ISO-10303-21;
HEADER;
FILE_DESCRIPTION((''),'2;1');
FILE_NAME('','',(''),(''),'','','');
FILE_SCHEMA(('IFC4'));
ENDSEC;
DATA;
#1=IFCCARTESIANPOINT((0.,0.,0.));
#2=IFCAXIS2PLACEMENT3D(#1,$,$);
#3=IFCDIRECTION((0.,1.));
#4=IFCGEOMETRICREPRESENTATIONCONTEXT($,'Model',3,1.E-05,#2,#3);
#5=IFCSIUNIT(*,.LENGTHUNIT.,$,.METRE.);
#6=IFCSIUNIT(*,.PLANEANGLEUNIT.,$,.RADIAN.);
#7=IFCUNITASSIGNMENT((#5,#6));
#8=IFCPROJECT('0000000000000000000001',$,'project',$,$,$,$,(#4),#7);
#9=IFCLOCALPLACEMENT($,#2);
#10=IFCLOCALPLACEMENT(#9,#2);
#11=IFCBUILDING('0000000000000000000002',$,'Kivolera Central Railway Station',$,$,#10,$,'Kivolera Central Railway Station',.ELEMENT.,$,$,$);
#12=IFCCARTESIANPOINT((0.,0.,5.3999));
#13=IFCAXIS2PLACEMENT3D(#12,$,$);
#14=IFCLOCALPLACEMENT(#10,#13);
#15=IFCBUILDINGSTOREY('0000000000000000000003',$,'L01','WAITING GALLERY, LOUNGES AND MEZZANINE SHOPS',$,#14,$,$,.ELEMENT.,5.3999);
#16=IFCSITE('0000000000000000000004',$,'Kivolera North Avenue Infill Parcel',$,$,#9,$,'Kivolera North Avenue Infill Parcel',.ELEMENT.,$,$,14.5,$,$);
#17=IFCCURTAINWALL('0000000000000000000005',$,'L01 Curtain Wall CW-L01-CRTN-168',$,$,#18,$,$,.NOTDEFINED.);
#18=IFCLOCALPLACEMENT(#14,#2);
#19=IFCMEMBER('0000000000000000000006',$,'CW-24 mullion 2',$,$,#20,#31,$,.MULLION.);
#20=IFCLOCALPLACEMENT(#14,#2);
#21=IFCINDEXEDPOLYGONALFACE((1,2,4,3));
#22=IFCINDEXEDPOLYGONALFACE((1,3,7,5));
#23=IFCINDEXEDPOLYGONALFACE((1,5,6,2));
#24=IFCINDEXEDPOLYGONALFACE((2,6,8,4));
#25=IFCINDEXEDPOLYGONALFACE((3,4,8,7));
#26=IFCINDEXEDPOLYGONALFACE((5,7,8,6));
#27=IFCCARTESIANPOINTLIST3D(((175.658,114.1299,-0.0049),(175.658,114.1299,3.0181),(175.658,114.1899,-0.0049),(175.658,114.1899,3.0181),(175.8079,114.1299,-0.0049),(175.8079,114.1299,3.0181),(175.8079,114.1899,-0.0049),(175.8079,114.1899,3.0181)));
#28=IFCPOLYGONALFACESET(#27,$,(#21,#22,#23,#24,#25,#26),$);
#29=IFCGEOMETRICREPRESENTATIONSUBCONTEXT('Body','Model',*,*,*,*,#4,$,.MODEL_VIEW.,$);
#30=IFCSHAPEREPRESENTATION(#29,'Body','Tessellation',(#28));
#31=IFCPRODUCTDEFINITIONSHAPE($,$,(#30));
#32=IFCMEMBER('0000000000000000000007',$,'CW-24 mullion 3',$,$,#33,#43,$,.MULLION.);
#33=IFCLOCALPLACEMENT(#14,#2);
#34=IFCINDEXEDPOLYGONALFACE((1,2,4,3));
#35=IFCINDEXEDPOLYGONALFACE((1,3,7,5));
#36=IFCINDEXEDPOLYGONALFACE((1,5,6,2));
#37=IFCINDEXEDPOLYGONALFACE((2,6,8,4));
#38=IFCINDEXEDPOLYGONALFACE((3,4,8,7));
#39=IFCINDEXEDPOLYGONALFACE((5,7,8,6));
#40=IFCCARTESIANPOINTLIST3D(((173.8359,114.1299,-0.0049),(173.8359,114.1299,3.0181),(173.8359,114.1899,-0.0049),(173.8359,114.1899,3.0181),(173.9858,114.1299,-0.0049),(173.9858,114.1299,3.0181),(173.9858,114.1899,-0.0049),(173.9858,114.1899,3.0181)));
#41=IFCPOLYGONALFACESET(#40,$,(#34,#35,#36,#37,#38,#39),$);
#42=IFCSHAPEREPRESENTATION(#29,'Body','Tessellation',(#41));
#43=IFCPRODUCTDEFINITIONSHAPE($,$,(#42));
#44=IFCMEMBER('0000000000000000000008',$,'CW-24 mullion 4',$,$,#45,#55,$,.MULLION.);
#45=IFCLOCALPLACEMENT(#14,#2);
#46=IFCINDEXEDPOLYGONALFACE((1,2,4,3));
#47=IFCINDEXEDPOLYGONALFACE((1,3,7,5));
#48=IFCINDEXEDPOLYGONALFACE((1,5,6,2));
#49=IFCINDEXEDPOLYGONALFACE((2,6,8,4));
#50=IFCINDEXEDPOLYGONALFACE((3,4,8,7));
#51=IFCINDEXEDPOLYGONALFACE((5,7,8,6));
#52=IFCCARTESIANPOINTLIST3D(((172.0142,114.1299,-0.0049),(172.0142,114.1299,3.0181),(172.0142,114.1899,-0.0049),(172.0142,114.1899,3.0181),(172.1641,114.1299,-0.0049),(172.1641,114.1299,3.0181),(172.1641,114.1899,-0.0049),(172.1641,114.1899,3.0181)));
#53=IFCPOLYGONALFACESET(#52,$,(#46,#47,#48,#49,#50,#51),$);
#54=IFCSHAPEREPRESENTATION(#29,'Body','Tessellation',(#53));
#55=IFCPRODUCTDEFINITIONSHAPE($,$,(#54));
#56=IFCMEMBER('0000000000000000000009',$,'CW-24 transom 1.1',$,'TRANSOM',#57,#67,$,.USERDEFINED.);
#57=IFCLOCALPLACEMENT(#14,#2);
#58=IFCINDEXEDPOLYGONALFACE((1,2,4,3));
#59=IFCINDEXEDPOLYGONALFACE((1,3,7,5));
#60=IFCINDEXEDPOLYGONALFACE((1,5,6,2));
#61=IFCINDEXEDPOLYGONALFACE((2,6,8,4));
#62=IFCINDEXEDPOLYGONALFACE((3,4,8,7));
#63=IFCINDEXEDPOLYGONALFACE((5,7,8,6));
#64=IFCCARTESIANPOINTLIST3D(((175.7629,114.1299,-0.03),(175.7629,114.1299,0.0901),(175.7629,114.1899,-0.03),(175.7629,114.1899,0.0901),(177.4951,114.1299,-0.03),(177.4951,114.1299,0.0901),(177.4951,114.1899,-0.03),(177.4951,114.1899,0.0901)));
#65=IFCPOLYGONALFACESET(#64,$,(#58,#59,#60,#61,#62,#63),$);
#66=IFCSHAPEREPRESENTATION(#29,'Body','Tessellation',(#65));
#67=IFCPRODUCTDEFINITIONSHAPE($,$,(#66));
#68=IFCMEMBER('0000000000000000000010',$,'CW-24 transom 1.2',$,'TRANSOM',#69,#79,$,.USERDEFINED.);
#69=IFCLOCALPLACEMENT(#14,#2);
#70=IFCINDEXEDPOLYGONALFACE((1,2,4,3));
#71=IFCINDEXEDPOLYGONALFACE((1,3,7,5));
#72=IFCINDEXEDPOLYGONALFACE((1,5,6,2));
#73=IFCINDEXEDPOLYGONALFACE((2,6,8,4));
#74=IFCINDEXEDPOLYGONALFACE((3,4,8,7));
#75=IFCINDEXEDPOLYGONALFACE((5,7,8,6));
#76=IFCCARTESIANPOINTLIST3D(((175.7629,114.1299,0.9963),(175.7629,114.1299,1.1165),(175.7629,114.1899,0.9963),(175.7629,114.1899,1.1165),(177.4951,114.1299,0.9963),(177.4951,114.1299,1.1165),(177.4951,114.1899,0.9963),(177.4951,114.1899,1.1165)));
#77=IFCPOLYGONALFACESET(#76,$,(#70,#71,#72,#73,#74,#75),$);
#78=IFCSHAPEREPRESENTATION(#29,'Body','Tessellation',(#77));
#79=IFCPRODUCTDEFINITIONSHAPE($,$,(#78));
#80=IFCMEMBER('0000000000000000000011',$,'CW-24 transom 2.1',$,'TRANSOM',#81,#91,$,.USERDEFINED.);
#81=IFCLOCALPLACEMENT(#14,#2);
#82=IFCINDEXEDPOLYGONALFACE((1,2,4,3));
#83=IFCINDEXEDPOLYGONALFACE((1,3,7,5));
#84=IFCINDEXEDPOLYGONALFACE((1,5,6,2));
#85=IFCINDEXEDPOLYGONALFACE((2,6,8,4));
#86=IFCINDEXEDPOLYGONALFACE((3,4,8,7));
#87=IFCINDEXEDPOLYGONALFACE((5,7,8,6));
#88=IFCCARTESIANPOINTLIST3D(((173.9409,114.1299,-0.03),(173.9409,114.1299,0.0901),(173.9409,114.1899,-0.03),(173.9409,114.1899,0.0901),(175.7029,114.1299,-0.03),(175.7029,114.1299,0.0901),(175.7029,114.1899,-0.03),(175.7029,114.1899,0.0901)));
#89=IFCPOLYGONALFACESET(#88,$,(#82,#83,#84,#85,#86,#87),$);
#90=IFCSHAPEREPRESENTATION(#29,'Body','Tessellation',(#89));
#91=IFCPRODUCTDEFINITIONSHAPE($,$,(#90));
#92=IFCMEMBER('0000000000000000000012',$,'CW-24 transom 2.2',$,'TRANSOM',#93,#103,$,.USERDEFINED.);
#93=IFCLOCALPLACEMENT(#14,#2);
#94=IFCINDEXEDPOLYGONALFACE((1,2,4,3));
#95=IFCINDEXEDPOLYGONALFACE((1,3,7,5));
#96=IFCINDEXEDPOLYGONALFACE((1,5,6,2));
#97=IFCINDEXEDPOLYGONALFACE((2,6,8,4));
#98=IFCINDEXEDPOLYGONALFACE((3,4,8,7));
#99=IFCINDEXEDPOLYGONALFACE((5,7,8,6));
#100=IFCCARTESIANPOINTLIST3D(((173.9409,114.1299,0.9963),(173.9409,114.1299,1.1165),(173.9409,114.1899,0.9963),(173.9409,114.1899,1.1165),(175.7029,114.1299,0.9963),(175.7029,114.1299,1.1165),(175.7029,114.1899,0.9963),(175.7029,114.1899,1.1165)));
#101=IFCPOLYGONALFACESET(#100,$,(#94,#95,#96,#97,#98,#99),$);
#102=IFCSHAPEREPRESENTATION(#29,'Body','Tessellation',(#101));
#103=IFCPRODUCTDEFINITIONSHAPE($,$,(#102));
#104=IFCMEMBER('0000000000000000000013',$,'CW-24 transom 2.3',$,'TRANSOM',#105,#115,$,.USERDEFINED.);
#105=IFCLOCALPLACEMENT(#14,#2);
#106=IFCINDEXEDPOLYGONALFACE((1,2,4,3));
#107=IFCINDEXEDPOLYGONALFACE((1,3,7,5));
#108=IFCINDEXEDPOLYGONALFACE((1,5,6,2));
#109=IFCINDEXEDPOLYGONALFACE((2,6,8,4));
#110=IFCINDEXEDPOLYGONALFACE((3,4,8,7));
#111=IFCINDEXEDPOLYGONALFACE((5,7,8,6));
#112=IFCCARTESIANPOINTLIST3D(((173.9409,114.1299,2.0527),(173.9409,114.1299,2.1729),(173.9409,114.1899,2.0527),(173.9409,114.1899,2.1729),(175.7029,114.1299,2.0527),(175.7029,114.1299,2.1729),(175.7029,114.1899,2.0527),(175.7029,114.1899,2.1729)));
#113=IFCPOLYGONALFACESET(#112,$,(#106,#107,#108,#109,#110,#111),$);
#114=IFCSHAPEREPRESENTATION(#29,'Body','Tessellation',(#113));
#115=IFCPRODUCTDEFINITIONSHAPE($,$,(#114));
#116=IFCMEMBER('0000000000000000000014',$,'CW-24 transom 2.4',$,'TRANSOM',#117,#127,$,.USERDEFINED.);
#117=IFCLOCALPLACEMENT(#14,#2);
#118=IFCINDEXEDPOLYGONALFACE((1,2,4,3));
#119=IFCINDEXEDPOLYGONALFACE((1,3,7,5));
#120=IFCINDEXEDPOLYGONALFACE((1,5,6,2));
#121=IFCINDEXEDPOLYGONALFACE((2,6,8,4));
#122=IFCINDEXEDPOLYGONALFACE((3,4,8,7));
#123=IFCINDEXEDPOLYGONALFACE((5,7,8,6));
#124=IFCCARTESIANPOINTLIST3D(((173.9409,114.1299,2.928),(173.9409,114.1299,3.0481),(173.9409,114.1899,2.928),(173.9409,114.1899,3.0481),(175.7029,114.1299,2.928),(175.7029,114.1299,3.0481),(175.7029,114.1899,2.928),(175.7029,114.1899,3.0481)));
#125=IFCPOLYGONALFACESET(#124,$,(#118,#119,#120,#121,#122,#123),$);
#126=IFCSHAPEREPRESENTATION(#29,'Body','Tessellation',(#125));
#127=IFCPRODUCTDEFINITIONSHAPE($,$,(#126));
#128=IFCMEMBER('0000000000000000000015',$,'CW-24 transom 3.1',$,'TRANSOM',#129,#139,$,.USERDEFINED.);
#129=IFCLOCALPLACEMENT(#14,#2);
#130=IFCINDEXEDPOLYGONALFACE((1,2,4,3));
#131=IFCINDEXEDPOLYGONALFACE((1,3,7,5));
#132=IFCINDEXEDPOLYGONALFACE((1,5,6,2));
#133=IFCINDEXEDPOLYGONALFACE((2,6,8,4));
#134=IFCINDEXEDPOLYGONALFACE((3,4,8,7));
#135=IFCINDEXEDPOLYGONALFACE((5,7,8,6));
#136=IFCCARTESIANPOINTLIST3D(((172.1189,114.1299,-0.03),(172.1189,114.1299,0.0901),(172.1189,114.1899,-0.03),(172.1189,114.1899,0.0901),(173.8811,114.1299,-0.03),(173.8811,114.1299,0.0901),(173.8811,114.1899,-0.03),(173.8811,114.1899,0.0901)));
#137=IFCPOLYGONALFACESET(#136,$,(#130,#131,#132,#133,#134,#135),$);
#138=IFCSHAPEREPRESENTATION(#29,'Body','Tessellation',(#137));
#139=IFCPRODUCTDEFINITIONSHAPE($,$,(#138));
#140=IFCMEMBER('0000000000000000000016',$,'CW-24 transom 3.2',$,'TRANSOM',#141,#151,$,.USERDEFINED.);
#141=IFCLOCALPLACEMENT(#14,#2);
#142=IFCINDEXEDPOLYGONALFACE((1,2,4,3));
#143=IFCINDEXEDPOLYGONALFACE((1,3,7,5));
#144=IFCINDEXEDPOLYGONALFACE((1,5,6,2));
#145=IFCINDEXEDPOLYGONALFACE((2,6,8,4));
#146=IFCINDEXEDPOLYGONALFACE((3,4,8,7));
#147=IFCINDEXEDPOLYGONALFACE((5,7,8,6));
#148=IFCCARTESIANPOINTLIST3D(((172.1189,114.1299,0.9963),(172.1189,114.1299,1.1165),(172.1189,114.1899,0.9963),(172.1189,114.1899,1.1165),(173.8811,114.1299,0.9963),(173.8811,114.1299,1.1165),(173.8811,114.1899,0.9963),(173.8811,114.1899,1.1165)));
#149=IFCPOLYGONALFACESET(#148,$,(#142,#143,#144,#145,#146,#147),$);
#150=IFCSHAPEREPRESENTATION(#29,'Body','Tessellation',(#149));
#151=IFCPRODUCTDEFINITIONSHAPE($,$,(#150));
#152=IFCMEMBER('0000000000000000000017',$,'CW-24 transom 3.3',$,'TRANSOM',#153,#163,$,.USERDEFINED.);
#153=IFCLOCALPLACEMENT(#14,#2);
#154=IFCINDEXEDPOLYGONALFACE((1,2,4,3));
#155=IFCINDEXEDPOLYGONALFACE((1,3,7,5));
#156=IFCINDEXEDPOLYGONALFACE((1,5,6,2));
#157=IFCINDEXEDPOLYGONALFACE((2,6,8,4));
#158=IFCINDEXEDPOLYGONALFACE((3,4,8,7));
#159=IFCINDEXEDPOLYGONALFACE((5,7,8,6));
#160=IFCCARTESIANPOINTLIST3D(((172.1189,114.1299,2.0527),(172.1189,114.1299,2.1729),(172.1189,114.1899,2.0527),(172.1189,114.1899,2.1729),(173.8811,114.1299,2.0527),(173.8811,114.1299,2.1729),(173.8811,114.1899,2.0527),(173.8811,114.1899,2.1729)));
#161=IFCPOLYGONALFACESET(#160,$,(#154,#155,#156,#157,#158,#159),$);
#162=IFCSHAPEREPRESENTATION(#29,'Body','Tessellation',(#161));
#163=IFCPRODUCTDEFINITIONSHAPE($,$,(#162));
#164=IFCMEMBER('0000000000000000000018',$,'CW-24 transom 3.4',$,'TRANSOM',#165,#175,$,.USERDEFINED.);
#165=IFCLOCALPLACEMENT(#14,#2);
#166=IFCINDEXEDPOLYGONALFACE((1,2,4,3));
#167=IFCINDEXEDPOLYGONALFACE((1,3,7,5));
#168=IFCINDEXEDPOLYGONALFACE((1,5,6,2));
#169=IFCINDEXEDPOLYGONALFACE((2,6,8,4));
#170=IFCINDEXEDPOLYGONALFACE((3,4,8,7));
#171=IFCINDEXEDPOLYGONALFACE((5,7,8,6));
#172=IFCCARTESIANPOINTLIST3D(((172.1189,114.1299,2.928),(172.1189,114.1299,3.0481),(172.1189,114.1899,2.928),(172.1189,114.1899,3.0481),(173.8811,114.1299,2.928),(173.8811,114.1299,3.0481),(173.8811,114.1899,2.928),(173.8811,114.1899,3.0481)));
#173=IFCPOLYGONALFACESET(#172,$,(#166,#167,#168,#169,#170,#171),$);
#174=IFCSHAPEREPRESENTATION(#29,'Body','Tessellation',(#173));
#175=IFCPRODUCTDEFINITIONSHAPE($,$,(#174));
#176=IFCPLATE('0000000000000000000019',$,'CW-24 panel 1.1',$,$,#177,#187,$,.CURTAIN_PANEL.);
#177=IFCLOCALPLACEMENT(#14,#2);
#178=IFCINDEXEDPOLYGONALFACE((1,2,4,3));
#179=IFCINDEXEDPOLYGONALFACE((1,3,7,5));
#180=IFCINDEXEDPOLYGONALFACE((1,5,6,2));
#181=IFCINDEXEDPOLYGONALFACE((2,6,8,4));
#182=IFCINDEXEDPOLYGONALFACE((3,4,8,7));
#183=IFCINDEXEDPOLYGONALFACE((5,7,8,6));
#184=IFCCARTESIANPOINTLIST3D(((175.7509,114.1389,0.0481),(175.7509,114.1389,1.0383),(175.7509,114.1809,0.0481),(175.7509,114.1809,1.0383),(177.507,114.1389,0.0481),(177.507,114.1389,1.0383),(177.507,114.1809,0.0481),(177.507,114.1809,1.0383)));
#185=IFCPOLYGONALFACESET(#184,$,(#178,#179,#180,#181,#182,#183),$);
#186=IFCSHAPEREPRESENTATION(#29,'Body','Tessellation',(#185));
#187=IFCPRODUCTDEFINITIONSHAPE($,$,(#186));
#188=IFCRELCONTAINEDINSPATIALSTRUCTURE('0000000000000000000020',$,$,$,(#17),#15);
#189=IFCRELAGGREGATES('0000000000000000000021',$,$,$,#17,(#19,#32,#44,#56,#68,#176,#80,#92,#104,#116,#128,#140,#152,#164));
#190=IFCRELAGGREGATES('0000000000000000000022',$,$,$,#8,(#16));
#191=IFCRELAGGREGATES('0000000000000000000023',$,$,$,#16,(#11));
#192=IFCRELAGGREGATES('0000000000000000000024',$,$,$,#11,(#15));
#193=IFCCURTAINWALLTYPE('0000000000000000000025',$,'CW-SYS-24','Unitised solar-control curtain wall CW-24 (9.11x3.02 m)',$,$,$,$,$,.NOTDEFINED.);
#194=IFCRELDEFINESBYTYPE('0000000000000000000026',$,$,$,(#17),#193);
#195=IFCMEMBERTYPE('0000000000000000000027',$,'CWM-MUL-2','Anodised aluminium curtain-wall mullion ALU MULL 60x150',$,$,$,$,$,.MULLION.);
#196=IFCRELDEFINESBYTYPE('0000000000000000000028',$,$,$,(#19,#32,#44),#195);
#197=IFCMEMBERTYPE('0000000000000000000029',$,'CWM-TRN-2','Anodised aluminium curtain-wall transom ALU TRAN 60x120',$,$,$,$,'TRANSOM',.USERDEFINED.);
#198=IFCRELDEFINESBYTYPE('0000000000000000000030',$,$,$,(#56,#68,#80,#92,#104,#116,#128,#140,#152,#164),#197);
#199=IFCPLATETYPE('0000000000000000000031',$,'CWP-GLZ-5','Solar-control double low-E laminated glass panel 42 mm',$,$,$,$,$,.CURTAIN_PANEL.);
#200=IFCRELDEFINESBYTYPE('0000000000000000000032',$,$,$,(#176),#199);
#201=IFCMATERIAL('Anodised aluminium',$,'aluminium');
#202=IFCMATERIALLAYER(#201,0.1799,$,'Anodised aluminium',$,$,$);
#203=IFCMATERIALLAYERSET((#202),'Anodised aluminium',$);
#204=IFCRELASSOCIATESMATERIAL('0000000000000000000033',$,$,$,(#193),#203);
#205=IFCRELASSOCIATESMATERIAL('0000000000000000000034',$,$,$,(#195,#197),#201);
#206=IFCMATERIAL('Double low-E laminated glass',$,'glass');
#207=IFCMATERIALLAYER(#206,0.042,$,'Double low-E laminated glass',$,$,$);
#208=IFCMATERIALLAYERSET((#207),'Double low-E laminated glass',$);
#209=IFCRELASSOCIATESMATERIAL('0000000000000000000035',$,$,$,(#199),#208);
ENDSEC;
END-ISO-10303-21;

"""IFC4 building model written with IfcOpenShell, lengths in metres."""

from ifc_helpers import new_model, si_unit, direction, frame, origin, origin_2d, place, context, subcontext, project, spatial, rectangle, extrude, material, layer, layer_set, material_profile, profile_set, type_object, element, aggregate, save


model = new_model("IFC4")

# Units and contexts
model_context = context("Model", 3, precision=1e-05, world=origin(), true_north=direction((0.0, 1.0)))
body_context = subcontext(model_context, "Body", "Model", "MODEL_VIEW")
ifc_project = project(units=[si_unit("LENGTHUNIT", "METRE"), si_unit("PLANEANGLEUNIT", "RADIAN")], contexts=[model_context])

# Site, building, storey
site_placement = place(None, origin())
site = spatial("IfcSite", under=ifc_project, at=site_placement, Name="Kivolera North Avenue Infill Parcel", LongName="Kivolera North Avenue Infill Parcel", CompositionType="ELEMENT", RefElevation=14.5)
building_placement = place(site_placement, origin())
building = spatial("IfcBuilding", under=site, at=building_placement, Name="Kivolera Central Railway Station", LongName="Kivolera Central Railway Station", CompositionType="ELEMENT")
storey_placement = place(building_placement, frame((0.0, 0.0, 5.3999)))
storey = spatial("IfcBuildingStorey", under=building, at=storey_placement, Name="L01", Description="WAITING GALLERY, LOUNGES AND MEZZANINE SHOPS", CompositionType="ELEMENT", Elevation=5.3999)

# Curtain wall, members, plate
ifc_material_1 = material(Name="Anodised aluminium", Category="aluminium")
ifc_layer_1 = layer(ifc_material_1, 0.1799, Name="Anodised aluminium")
ifc_layer_set_1 = layer_set([ifc_layer_1], Name="Anodised aluminium")
curtain_wall_type = type_object("IfcCurtainWallType", Name="CW-SYS-24", Description="Unitised solar-control curtain wall CW-24 (9.11x3.02 m)", PredefinedType="NOTDEFINED", material=ifc_layer_set_1)
curtain_wall_placement = place(storey_placement, origin())
curtain_wall = element("IfcCurtainWall", 1, at=curtain_wall_placement, inside=storey, type_object=curtain_wall_type, Name="L01 Curtain Wall CW-L01-CRTN-168", PredefinedType="NOTDEFINED")
ifc_material_profile_1 = material_profile(ifc_material_1, rectangle(XDim=0.0601, YDim=0.1499, at=origin_2d()), Name="ALU MULL 60x150")
ifc_profile_set_1 = profile_set([ifc_material_profile_1], Name="Anodised aluminium")
member_type_1 = type_object("IfcMemberType", Name="CWM-MUL-2", Description="Anodised aluminium curtain-wall mullion ALU MULL 60x150", PredefinedType="MULLION", material=ifc_profile_set_1)
member_1_placement = place(storey_placement, frame((175.7329, 114.1599, -0.0049), z_axis=(0.0, 0.0, 1.0), x_axis=(0.0, -1.0, 0.0)))
member_1 = element("IfcMember", 2, at=member_1_placement, type_object=member_type_1, Name="CW-24 mullion 2", PredefinedType="MULLION", context=body_context, shape_type="SweptSolid", body=[
    extrude(rectangle(XDim=0.0601, YDim=0.1499, at=origin_2d()), origin(), (0.0, 0.0, 1.0), 3.0229),
])
member_2_placement = place(storey_placement, frame((173.9109, 114.1599, -0.0049), z_axis=(0.0, 0.0, 1.0), x_axis=(0.0, -1.0, 0.0)))
member_2 = element("IfcMember", 3, at=member_2_placement, type_object=member_type_1, Name="CW-24 mullion 3", PredefinedType="MULLION", context=body_context, shape_type="SweptSolid", body=[
    extrude(rectangle(XDim=0.0601, YDim=0.1499, at=origin_2d()), origin(), (0.0, 0.0, 1.0), 3.0229),
])
member_3_placement = place(storey_placement, frame((172.0891, 114.1599, -0.0049), z_axis=(0.0, 0.0, 1.0), x_axis=(0.0, -1.0, 0.0)))
member_3 = element("IfcMember", 4, at=member_3_placement, type_object=member_type_1, Name="CW-24 mullion 4", PredefinedType="MULLION", context=body_context, shape_type="SweptSolid", body=[
    extrude(rectangle(XDim=0.0601, YDim=0.1499, at=origin_2d()), origin(), (0.0, 0.0, 1.0), 3.0229),
])
ifc_material_profile_2 = material_profile(ifc_material_1, rectangle(XDim=0.0601, YDim=0.1201, at=origin_2d()), Name="ALU TRAN 60x120")
ifc_profile_set_2 = profile_set([ifc_material_profile_2], Name="Anodised aluminium")
member_type_2 = type_object("IfcMemberType", Name="CWM-TRN-2", Description="Anodised aluminium curtain-wall transom ALU TRAN 60x120", ElementType="TRANSOM", PredefinedType="USERDEFINED", material=ifc_profile_set_2)
member_4_placement = place(storey_placement, frame((177.4951, 114.1599, 0.03), z_axis=(-1.0, 0.0, 0.0), x_axis=(0.0, -1.0, 0.0)))
member_4 = element("IfcMember", 5, at=member_4_placement, type_object=member_type_2, Name="CW-24 transom 1.1", ObjectType="TRANSOM", PredefinedType="USERDEFINED", context=body_context, shape_type="SweptSolid", body=[
    extrude(rectangle(XDim=0.0601, YDim=0.1201, at=origin_2d()), origin(), (0.0, 0.0, 1.0), 1.7322),
])
member_5_placement = place(storey_placement, frame((177.4951, 114.1599, 1.0564), z_axis=(-1.0, 0.0, 0.0), x_axis=(0.0, -1.0, 0.0)))
member_5 = element("IfcMember", 6, at=member_5_placement, type_object=member_type_2, Name="CW-24 transom 1.2", ObjectType="TRANSOM", PredefinedType="USERDEFINED", context=body_context, shape_type="SweptSolid", body=[
    extrude(rectangle(XDim=0.0601, YDim=0.1201, at=origin_2d()), origin(), (0.0, 0.0, 1.0), 1.7322),
])
member_6_placement = place(storey_placement, frame((175.7029, 114.1599, 0.03), z_axis=(-1.0, 0.0, 0.0), x_axis=(0.0, -1.0, 0.0)))
member_6 = element("IfcMember", 7, at=member_6_placement, type_object=member_type_2, Name="CW-24 transom 2.1", ObjectType="TRANSOM", PredefinedType="USERDEFINED", context=body_context, shape_type="SweptSolid", body=[
    extrude(rectangle(XDim=0.0601, YDim=0.1201, at=origin_2d()), origin(), (0.0, 0.0, 1.0), 1.762),
])
member_7_placement = place(storey_placement, frame((175.7029, 114.1599, 1.0564), z_axis=(-1.0, 0.0, 0.0), x_axis=(0.0, -1.0, 0.0)))
member_7 = element("IfcMember", 8, at=member_7_placement, type_object=member_type_2, Name="CW-24 transom 2.2", ObjectType="TRANSOM", PredefinedType="USERDEFINED", context=body_context, shape_type="SweptSolid", body=[
    extrude(rectangle(XDim=0.0601, YDim=0.1201, at=origin_2d()), origin(), (0.0, 0.0, 1.0), 1.762),
])
member_8_placement = place(storey_placement, frame((175.7029, 114.1599, 2.1128), z_axis=(-1.0, 0.0, 0.0), x_axis=(0.0, -1.0, 0.0)))
member_8 = element("IfcMember", 9, at=member_8_placement, type_object=member_type_2, Name="CW-24 transom 2.3", ObjectType="TRANSOM", PredefinedType="USERDEFINED", context=body_context, shape_type="SweptSolid", body=[
    extrude(rectangle(XDim=0.0601, YDim=0.1201, at=origin_2d()), origin(), (0.0, 0.0, 1.0), 1.762),
])
member_9_placement = place(storey_placement, frame((175.7029, 114.1599, 2.988), z_axis=(-1.0, 0.0, 0.0), x_axis=(0.0, -1.0, 0.0)))
member_9 = element("IfcMember", 10, at=member_9_placement, type_object=member_type_2, Name="CW-24 transom 2.4", ObjectType="TRANSOM", PredefinedType="USERDEFINED", context=body_context, shape_type="SweptSolid", body=[
    extrude(rectangle(XDim=0.0601, YDim=0.1201, at=origin_2d()), origin(), (0.0, 0.0, 1.0), 1.762),
])
member_10_placement = place(storey_placement, frame((173.8811, 114.1599, 0.03), z_axis=(-1.0, 0.0, 0.0), x_axis=(0.0, -1.0, 0.0)))
member_10 = element("IfcMember", 11, at=member_10_placement, type_object=member_type_2, Name="CW-24 transom 3.1", ObjectType="TRANSOM", PredefinedType="USERDEFINED", context=body_context, shape_type="SweptSolid", body=[
    extrude(rectangle(XDim=0.0601, YDim=0.1201, at=origin_2d()), origin(), (0.0, 0.0, 1.0), 1.7622),
])
member_11_placement = place(storey_placement, frame((173.8811, 114.1599, 1.0564), z_axis=(-1.0, 0.0, 0.0), x_axis=(0.0, -1.0, 0.0)))
member_11 = element("IfcMember", 12, at=member_11_placement, type_object=member_type_2, Name="CW-24 transom 3.2", ObjectType="TRANSOM", PredefinedType="USERDEFINED", context=body_context, shape_type="SweptSolid", body=[
    extrude(rectangle(XDim=0.0601, YDim=0.1201, at=origin_2d()), origin(), (0.0, 0.0, 1.0), 1.7622),
])
member_12_placement = place(storey_placement, frame((173.8811, 114.1599, 2.1128), z_axis=(-1.0, 0.0, 0.0), x_axis=(0.0, -1.0, 0.0)))
member_12 = element("IfcMember", 13, at=member_12_placement, type_object=member_type_2, Name="CW-24 transom 3.3", ObjectType="TRANSOM", PredefinedType="USERDEFINED", context=body_context, shape_type="SweptSolid", body=[
    extrude(rectangle(XDim=0.0601, YDim=0.1201, at=origin_2d()), origin(), (0.0, 0.0, 1.0), 1.7622),
])
member_13_placement = place(storey_placement, frame((173.8811, 114.1599, 2.988), z_axis=(-1.0, 0.0, 0.0), x_axis=(0.0, -1.0, 0.0)))
member_13 = element("IfcMember", 14, at=member_13_placement, type_object=member_type_2, Name="CW-24 transom 3.4", ObjectType="TRANSOM", PredefinedType="USERDEFINED", context=body_context, shape_type="SweptSolid", body=[
    extrude(rectangle(XDim=0.0601, YDim=0.1201, at=origin_2d()), origin(), (0.0, 0.0, 1.0), 1.7622),
])
ifc_material_2 = material(Name="Double low-E laminated glass", Category="glass")
ifc_layer_2 = layer(ifc_material_2, 0.042, Name="Double low-E laminated glass")
ifc_layer_set_2 = layer_set([ifc_layer_2], Name="Double low-E laminated glass")
plate_type = type_object("IfcPlateType", Name="CWP-GLZ-5", Description="Solar-control double low-E laminated glass panel 42 mm", PredefinedType="CURTAIN_PANEL", material=ifc_layer_set_2)
plate_1_placement = place(storey_placement, frame((176.6289, 114.1599, 0.0481), z_axis=(0.0, 0.0, 1.0), x_axis=(-1.0, 0.0, 0.0)))
plate_1 = element("IfcPlate", 15, at=plate_1_placement, type_object=plate_type, Name="CW-24 panel 1.1", PredefinedType="CURTAIN_PANEL", context=body_context, shape_type="SweptSolid", body=[
    extrude(rectangle(XDim=1.7561, YDim=0.042, at=origin_2d()), origin(), (0.0, 0.0, 1.0), 0.9902),
])
aggregate(curtain_wall, [member_1, member_2, member_3, member_4, member_5, plate_1, member_6, member_7, member_8, member_9, member_10, member_11, member_12, member_13])

save(model, "model.ifc")
